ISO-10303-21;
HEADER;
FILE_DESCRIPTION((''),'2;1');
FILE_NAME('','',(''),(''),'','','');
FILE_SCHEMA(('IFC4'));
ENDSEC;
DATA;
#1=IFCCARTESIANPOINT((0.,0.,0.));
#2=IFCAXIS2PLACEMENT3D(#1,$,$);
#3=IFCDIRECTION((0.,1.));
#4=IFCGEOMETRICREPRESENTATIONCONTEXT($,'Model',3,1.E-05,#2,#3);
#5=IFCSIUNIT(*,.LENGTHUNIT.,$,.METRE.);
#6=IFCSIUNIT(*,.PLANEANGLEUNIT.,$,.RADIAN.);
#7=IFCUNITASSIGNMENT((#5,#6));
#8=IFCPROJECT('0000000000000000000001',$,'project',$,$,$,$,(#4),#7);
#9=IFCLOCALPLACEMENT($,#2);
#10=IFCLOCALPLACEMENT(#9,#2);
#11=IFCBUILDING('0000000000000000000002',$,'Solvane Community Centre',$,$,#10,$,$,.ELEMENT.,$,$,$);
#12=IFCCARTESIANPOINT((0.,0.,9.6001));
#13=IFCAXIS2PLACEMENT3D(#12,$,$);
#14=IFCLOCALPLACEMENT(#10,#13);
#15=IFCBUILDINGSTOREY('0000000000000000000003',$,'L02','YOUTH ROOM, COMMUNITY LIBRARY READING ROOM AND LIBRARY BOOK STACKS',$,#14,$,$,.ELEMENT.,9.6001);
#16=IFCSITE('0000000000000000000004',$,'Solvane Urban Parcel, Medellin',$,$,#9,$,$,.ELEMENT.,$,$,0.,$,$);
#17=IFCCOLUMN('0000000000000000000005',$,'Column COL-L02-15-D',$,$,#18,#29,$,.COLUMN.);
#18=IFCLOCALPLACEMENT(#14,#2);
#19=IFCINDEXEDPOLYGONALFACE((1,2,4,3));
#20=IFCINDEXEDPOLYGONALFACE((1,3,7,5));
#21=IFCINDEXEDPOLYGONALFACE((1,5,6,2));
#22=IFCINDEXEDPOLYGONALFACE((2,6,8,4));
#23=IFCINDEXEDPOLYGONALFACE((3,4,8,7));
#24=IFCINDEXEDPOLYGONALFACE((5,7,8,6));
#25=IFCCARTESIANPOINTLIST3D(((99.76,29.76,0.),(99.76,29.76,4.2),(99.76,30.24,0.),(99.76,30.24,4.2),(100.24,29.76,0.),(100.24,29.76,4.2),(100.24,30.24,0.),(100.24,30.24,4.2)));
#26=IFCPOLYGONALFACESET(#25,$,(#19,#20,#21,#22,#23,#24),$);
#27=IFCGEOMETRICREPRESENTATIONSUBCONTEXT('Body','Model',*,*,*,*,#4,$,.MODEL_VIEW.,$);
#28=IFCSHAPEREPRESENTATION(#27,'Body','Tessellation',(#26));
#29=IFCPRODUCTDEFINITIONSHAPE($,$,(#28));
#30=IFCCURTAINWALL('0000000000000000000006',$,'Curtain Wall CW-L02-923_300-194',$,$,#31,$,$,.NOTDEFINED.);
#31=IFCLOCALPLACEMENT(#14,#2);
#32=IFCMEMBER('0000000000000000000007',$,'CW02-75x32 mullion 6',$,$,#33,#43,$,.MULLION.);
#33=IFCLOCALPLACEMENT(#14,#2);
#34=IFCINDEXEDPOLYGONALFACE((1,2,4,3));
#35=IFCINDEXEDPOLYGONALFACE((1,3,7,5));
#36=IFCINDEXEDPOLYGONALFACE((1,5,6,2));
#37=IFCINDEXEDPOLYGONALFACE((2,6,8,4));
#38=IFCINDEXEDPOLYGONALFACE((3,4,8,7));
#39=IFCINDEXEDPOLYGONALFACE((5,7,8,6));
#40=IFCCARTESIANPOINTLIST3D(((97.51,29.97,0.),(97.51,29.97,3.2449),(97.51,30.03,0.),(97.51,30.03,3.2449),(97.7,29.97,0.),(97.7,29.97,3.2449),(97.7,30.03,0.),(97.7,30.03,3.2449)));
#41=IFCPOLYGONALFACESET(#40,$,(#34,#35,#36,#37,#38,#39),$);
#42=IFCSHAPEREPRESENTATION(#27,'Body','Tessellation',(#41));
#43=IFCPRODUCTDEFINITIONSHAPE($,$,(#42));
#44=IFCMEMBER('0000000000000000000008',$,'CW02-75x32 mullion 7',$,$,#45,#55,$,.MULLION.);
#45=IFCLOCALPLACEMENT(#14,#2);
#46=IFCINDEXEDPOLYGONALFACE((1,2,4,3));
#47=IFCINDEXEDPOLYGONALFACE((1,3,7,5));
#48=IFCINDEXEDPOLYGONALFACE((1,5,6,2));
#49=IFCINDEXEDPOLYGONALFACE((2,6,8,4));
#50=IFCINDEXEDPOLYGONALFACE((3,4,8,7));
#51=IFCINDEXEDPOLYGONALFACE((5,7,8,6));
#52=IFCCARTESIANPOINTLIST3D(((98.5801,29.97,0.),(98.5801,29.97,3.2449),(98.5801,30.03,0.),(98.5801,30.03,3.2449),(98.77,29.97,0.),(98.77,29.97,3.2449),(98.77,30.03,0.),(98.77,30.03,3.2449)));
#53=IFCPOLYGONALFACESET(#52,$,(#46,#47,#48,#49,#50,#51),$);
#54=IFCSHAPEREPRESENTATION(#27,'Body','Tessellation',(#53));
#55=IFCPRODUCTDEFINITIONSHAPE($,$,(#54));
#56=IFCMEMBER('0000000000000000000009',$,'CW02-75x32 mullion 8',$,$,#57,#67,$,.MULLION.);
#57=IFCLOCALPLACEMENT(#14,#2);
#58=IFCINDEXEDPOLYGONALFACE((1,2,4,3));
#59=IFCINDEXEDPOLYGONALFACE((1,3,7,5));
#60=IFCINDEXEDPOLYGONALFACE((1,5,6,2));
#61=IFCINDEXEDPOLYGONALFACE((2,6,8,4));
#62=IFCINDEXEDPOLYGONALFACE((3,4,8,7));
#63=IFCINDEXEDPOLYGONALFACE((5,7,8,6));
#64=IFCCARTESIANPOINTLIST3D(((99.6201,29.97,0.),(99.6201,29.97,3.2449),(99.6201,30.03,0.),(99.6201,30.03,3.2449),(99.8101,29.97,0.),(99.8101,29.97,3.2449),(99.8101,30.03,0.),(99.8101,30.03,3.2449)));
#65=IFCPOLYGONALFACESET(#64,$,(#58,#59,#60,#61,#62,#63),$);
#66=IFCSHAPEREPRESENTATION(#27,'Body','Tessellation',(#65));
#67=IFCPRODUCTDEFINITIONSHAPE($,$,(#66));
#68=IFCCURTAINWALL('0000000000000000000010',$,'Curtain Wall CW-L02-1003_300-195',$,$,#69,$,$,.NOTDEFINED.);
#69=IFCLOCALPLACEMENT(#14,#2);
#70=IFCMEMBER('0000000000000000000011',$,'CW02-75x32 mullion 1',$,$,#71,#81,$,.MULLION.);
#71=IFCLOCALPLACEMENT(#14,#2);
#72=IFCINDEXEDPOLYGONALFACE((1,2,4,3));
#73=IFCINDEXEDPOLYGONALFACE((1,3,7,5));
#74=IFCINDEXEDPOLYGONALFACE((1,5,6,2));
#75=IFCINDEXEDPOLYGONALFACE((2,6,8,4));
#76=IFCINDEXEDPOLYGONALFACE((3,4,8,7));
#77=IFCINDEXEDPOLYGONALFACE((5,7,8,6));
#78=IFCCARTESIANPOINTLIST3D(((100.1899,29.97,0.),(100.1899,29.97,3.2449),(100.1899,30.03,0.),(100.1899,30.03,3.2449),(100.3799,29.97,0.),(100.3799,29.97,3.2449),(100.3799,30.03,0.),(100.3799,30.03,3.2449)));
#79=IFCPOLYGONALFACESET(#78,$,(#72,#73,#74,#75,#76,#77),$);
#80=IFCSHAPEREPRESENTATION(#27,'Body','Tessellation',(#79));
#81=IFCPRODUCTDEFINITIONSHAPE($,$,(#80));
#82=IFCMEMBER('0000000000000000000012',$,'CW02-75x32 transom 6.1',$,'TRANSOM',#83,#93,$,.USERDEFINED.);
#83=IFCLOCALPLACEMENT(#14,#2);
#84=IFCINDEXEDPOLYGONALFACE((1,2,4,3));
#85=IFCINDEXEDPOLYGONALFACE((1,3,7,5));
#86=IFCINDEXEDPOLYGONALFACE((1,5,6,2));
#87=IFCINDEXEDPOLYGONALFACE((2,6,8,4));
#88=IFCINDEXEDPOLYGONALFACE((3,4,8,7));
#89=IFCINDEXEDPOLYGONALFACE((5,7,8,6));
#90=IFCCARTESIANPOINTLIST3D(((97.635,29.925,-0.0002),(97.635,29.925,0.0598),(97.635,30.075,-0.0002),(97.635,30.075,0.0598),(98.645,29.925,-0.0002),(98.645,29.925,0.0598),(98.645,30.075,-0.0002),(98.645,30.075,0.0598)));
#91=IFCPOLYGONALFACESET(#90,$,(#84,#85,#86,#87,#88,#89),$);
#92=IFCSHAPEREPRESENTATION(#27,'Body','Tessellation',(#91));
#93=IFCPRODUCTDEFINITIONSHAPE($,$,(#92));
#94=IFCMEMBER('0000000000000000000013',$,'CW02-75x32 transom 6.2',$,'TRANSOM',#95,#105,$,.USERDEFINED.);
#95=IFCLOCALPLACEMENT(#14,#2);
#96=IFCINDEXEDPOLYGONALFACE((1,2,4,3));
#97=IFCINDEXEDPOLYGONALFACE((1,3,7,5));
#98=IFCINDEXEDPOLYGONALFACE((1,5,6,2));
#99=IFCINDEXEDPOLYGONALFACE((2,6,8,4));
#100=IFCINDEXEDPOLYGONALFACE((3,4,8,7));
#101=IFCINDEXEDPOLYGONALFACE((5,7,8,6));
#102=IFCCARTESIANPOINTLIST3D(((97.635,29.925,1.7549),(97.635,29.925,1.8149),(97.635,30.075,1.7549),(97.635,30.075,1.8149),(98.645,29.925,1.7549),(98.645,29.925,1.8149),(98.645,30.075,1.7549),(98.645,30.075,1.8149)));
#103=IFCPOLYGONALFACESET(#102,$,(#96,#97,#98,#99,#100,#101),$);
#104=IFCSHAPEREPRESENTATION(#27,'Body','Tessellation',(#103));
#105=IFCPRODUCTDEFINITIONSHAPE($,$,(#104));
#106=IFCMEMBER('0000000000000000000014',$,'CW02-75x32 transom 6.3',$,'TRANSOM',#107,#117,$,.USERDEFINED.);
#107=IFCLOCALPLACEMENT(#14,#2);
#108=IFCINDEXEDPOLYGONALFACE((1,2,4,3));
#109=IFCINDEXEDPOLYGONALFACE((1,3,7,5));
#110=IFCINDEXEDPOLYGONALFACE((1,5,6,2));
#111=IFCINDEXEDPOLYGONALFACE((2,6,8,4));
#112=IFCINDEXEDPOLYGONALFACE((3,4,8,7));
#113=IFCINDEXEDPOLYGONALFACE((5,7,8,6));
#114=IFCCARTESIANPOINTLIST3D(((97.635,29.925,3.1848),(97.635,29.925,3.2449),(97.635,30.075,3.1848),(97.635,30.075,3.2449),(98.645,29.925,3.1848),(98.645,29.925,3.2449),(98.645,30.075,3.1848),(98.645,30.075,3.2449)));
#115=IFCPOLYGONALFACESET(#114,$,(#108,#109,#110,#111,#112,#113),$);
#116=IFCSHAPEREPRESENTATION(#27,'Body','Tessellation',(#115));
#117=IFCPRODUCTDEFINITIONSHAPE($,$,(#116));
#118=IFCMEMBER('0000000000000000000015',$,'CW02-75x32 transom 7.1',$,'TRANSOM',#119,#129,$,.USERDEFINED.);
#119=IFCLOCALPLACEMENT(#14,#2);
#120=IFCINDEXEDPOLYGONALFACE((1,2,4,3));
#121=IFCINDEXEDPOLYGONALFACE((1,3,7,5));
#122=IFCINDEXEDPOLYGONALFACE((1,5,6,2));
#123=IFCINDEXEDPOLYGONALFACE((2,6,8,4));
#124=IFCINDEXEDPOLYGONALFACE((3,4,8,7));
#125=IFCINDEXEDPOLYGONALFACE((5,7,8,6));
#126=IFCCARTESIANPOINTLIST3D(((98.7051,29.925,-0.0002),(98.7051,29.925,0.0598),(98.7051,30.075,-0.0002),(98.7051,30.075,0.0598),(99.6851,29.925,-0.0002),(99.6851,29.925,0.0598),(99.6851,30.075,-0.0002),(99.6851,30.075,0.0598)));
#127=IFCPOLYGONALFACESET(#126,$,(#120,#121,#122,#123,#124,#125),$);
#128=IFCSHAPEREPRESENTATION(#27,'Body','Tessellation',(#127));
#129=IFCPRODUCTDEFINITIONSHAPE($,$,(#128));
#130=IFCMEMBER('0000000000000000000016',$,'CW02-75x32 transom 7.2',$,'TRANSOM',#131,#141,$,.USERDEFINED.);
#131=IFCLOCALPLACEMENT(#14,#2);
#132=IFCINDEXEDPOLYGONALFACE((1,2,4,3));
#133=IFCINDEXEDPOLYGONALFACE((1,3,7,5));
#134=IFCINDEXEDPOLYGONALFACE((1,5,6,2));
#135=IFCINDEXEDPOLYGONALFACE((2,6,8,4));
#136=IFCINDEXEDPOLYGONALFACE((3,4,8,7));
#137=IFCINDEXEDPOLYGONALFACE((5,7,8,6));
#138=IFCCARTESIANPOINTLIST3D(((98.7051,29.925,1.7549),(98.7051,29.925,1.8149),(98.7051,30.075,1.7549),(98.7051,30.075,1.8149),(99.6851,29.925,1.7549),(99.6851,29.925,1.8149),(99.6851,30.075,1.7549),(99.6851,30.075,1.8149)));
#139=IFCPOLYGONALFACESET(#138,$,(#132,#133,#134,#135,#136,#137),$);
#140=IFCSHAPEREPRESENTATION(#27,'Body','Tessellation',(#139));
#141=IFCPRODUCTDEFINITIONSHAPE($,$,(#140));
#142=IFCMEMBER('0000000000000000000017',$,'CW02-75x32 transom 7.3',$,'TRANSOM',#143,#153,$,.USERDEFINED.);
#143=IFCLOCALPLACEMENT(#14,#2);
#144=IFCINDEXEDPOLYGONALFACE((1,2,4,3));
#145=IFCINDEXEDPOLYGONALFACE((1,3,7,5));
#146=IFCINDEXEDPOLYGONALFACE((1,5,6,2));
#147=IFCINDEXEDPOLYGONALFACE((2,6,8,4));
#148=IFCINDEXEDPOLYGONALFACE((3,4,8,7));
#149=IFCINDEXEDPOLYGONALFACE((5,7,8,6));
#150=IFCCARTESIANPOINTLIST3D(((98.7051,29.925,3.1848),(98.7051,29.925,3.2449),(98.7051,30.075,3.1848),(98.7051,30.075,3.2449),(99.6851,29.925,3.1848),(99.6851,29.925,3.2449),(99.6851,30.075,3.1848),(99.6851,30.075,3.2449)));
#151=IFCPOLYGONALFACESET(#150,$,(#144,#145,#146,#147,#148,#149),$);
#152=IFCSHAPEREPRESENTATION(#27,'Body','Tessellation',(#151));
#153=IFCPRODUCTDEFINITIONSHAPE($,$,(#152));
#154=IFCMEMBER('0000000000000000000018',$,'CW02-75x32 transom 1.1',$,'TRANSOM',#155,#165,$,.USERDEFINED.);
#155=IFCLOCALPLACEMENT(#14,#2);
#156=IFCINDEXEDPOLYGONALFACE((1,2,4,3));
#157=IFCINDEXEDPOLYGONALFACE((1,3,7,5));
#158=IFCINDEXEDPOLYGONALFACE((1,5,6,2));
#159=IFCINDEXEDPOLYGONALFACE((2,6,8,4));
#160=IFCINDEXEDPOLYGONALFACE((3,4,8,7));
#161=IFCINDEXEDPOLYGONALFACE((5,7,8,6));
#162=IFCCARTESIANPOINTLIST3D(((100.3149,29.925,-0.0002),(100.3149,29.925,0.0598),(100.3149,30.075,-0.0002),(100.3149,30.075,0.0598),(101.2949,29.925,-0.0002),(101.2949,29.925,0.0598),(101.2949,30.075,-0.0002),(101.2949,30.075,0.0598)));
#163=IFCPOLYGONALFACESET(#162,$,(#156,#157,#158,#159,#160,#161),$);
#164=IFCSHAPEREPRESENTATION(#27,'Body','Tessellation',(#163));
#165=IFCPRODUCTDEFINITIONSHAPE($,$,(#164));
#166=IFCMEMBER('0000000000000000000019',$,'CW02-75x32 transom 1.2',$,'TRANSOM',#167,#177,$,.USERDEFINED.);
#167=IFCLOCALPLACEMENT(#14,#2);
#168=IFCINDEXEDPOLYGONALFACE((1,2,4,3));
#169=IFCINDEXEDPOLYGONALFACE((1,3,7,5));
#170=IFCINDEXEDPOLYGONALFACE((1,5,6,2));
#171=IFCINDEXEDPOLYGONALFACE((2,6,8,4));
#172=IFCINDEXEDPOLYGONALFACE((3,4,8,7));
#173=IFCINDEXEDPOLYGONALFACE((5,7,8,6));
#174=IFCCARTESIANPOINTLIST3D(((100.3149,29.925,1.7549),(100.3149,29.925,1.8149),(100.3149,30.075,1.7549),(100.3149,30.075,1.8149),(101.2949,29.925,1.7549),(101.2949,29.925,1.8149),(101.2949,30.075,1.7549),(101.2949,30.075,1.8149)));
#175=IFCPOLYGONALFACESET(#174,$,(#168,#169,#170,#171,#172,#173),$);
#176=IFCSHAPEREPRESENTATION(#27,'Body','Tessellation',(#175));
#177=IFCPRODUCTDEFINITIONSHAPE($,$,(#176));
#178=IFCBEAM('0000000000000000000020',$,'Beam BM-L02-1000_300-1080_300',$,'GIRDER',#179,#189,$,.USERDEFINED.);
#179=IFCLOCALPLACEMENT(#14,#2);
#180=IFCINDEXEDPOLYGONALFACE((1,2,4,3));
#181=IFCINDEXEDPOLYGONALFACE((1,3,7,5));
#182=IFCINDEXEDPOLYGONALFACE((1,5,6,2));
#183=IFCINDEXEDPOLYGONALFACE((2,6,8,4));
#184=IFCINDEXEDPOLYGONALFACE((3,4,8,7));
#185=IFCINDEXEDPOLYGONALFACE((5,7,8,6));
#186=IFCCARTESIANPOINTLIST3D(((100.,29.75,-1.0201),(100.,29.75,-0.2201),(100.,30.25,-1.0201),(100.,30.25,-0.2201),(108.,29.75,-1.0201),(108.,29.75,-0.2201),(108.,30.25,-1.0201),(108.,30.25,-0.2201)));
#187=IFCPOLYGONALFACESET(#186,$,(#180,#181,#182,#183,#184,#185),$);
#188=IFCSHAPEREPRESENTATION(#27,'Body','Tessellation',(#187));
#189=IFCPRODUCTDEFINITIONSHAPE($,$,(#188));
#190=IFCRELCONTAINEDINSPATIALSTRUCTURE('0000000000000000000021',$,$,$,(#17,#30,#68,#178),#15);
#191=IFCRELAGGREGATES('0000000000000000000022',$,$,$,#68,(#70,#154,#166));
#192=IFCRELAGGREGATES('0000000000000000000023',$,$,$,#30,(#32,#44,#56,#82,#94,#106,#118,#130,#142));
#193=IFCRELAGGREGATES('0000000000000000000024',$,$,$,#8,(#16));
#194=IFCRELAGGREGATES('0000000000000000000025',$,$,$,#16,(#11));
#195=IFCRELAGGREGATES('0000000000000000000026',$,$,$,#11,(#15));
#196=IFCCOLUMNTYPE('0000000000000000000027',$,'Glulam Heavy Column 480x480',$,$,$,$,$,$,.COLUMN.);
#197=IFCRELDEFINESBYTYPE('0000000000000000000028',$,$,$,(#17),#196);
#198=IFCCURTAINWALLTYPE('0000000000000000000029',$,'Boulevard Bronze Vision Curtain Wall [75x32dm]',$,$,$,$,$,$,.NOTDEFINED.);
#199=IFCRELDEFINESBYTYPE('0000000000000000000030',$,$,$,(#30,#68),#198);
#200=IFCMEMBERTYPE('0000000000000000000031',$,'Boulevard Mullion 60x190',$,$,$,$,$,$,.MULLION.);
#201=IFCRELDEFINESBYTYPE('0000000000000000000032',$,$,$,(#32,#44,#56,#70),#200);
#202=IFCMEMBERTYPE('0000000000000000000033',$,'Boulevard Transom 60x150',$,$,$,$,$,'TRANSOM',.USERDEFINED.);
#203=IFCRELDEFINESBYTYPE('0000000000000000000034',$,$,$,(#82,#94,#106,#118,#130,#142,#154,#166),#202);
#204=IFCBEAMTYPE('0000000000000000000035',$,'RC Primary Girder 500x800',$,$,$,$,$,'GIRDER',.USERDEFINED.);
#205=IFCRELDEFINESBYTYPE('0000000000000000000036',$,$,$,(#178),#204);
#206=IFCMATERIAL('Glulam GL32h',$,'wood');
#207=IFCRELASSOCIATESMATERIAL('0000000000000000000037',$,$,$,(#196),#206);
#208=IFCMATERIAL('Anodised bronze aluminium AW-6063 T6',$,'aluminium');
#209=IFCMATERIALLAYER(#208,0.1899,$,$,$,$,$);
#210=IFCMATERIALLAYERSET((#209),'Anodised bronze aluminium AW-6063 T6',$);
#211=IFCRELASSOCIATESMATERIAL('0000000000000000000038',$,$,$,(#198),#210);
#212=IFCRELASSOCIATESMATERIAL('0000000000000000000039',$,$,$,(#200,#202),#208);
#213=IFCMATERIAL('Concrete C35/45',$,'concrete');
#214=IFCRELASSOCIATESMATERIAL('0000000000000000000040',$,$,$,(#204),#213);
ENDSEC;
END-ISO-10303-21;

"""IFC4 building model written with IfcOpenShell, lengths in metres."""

from ifc_helpers import new_model, si_unit, direction, frame, origin, origin_2d, place, context, subcontext, project, spatial, rectangle, extrude, material, layer, layer_set, material_profile, profile_set, type_object, element, aggregate, save


model = new_model("IFC4")

# Units and contexts
model_context = context("Model", 3, precision=1e-05, world=origin(), true_north=direction((0.0, 1.0)))
body_context = subcontext(model_context, "Body", "Model", "MODEL_VIEW")
ifc_project = project(units=[si_unit("LENGTHUNIT", "METRE"), si_unit("PLANEANGLEUNIT", "RADIAN")], contexts=[model_context])

# Site, building, storey
site_placement = place(None, origin())
site = spatial("IfcSite", under=ifc_project, at=site_placement, Name="Solvane Urban Parcel, Medellin", CompositionType="ELEMENT", RefElevation=0.0)
building_placement = place(site_placement, origin())
building = spatial("IfcBuilding", under=site, at=building_placement, Name="Solvane Community Centre", CompositionType="ELEMENT")
storey_placement = place(building_placement, frame((0.0, 0.0, 9.6001)))
storey = spatial("IfcBuildingStorey", under=building, at=storey_placement, Name="L02", Description="YOUTH ROOM, COMMUNITY LIBRARY READING ROOM AND LIBRARY BOOK STACKS", CompositionType="ELEMENT", Elevation=9.6001)

# Column
ifc_material_1 = material(Name="Glulam GL32h", Category="wood")
ifc_material_profile_1 = material_profile(ifc_material_1, rectangle(XDim=0.48, YDim=0.48, at=origin_2d()), Name="GL32h 480x480")
ifc_profile_set_1 = profile_set([ifc_material_profile_1], Name="Glulam GL32h")
column_type = type_object("IfcColumnType", Name="Glulam Heavy Column 480x480", PredefinedType="COLUMN", material=ifc_profile_set_1)
column_placement = place(storey_placement, frame((100.0, 30.0, 0.0), z_axis=(0.0, 0.0, 1.0), x_axis=(1.0, 0.0, 0.0)))
element("IfcColumn", 1, at=column_placement, inside=storey, type_object=column_type, Name="Column COL-L02-15-D", PredefinedType="COLUMN", context=body_context, shape_type="SweptSolid", body=[
    extrude(rectangle(XDim=0.48, YDim=0.48, at=origin_2d()), origin(), (0.0, 0.0, 1.0), 4.2),
])

# Curtain wall, members
ifc_material_2 = material(Name="Anodised bronze aluminium AW-6063 T6", Category="aluminium")
ifc_layer_1 = layer(ifc_material_2, 0.1899)
ifc_layer_set_1 = layer_set([ifc_layer_1], Name="Anodised bronze aluminium AW-6063 T6")
curtain_wall_type = type_object("IfcCurtainWallType", Name="Boulevard Bronze Vision Curtain Wall [75x32dm]", PredefinedType="NOTDEFINED", material=ifc_layer_set_1)
curtain_wall_1_placement = place(storey_placement, origin())
curtain_wall_1 = element("IfcCurtainWall", 2, at=curtain_wall_1_placement, inside=storey, type_object=curtain_wall_type, Name="Curtain Wall CW-L02-923_300-194", PredefinedType="NOTDEFINED")
ifc_material_profile_2 = material_profile(ifc_material_2, rectangle(XDim=0.0601, YDim=0.1899, at=origin_2d()), Name="CW-M 60x190")
ifc_profile_set_2 = profile_set([ifc_material_profile_2], Name="Anodised bronze aluminium AW-6063 T6")
member_type_1 = type_object("IfcMemberType", Name="Boulevard Mullion 60x190", PredefinedType="MULLION", material=ifc_profile_set_2)
member_1_placement = place(storey_placement, frame((97.605, 30.0, 0.0), z_axis=(0.0, 0.0, 1.0), x_axis=(0.0, 1.0, 0.0)))
member_1 = element("IfcMember", 3, at=member_1_placement, type_object=member_type_1, Name="CW02-75x32 mullion 6", PredefinedType="MULLION", context=body_context, shape_type="SweptSolid", body=[
    extrude(rectangle(XDim=0.0601, YDim=0.1899, at=origin_2d()), origin(), (0.0, 0.0, 1.0), 3.2449),
])
member_2_placement = place(storey_placement, frame((98.675, 30.0, 0.0), z_axis=(0.0, 0.0, 1.0), x_axis=(0.0, 1.0, 0.0)))
member_2 = element("IfcMember", 4, at=member_2_placement, type_object=member_type_1, Name="CW02-75x32 mullion 7", PredefinedType="MULLION", context=body_context, shape_type="SweptSolid", body=[
    extrude(rectangle(XDim=0.0601, YDim=0.1899, at=origin_2d()), origin(), (0.0, 0.0, 1.0), 3.2449),
])
member_3_placement = place(storey_placement, frame((99.7151, 30.0, 0.0), z_axis=(0.0, 0.0, 1.0), x_axis=(0.0, 1.0, 0.0)))
member_3 = element("IfcMember", 5, at=member_3_placement, type_object=member_type_1, Name="CW02-75x32 mullion 8", PredefinedType="MULLION", context=body_context, shape_type="SweptSolid", body=[
    extrude(rectangle(XDim=0.0601, YDim=0.1899, at=origin_2d()), origin(), (0.0, 0.0, 1.0), 3.2449),
])

# Curtain wall, member
curtain_wall_2_placement = place(storey_placement, origin())
curtain_wall_2 = element("IfcCurtainWall", 6, at=curtain_wall_2_placement, inside=storey, type_object=curtain_wall_type, Name="Curtain Wall CW-L02-1003_300-195", PredefinedType="NOTDEFINED")
member_4_placement = place(storey_placement, frame((100.2849, 30.0, 0.0), z_axis=(0.0, 0.0, 1.0), x_axis=(0.0, 1.0, 0.0)))
member_4 = element("IfcMember", 7, at=member_4_placement, type_object=member_type_1, Name="CW02-75x32 mullion 1", PredefinedType="MULLION", context=body_context, shape_type="SweptSolid", body=[
    extrude(rectangle(XDim=0.0601, YDim=0.1899, at=origin_2d()), origin(), (0.0, 0.0, 1.0), 3.2449),
])

# Members
ifc_material_profile_3 = material_profile(ifc_material_2, rectangle(XDim=0.1499, YDim=0.0601, at=origin_2d()), Name="CW-T 60x150")
ifc_profile_set_3 = profile_set([ifc_material_profile_3], Name="Anodised bronze aluminium AW-6063 T6")
member_type_2 = type_object("IfcMemberType", Name="Boulevard Transom 60x150", ElementType="TRANSOM", PredefinedType="USERDEFINED", material=ifc_profile_set_3)
member_5_placement = place(storey_placement, frame((97.635, 30.0, 0.0298), z_axis=(1.0, 0.0, 0.0), x_axis=(0.0, 1.0, 0.0)))
member_5 = element("IfcMember", 8, at=member_5_placement, type_object=member_type_2, Name="CW02-75x32 transom 6.1", ObjectType="TRANSOM", PredefinedType="USERDEFINED", context=body_context, shape_type="SweptSolid", body=[
    extrude(rectangle(XDim=0.1499, YDim=0.0601, at=origin_2d()), origin(), (0.0, 0.0, 1.0), 1.01),
])
member_6_placement = place(storey_placement, frame((97.635, 30.0, 1.7849), z_axis=(1.0, 0.0, 0.0), x_axis=(0.0, 1.0, 0.0)))
member_6 = element("IfcMember", 9, at=member_6_placement, type_object=member_type_2, Name="CW02-75x32 transom 6.2", ObjectType="TRANSOM", PredefinedType="USERDEFINED", context=body_context, shape_type="SweptSolid", body=[
    extrude(rectangle(XDim=0.1499, YDim=0.0601, at=origin_2d()), origin(), (0.0, 0.0, 1.0), 1.01),
])
member_7_placement = place(storey_placement, frame((97.635, 30.0, 3.2148), z_axis=(1.0, 0.0, 0.0), x_axis=(0.0, 1.0, 0.0)))
member_7 = element("IfcMember", 10, at=member_7_placement, type_object=member_type_2, Name="CW02-75x32 transom 6.3", ObjectType="TRANSOM", PredefinedType="USERDEFINED", context=body_context, shape_type="SweptSolid", body=[
    extrude(rectangle(XDim=0.1499, YDim=0.0601, at=origin_2d()), origin(), (0.0, 0.0, 1.0), 1.01),
])
member_8_placement = place(storey_placement, frame((98.7051, 30.0, 0.0298), z_axis=(1.0, 0.0, 0.0), x_axis=(0.0, 1.0, 0.0)))
member_8 = element("IfcMember", 11, at=member_8_placement, type_object=member_type_2, Name="CW02-75x32 transom 7.1", ObjectType="TRANSOM", PredefinedType="USERDEFINED", context=body_context, shape_type="SweptSolid", body=[
    extrude(rectangle(XDim=0.1499, YDim=0.0601, at=origin_2d()), origin(), (0.0, 0.0, 1.0), 0.98),
])
member_9_placement = place(storey_placement, frame((98.7051, 30.0, 1.7849), z_axis=(1.0, 0.0, 0.0), x_axis=(0.0, 1.0, 0.0)))
member_9 = element("IfcMember", 12, at=member_9_placement, type_object=member_type_2, Name="CW02-75x32 transom 7.2", ObjectType="TRANSOM", PredefinedType="USERDEFINED", context=body_context, shape_type="SweptSolid", body=[
    extrude(rectangle(XDim=0.1499, YDim=0.0601, at=origin_2d()), origin(), (0.0, 0.0, 1.0), 0.98),
])
member_10_placement = place(storey_placement, frame((98.7051, 30.0, 3.2148), z_axis=(1.0, 0.0, 0.0), x_axis=(0.0, 1.0, 0.0)))
member_10 = element("IfcMember", 13, at=member_10_placement, type_object=member_type_2, Name="CW02-75x32 transom 7.3", ObjectType="TRANSOM", PredefinedType="USERDEFINED", context=body_context, shape_type="SweptSolid", body=[
    extrude(rectangle(XDim=0.1499, YDim=0.0601, at=origin_2d()), origin(), (0.0, 0.0, 1.0), 0.98),
])
member_11_placement = place(storey_placement, frame((100.3149, 30.0, 0.0298), z_axis=(1.0, 0.0, 0.0), x_axis=(0.0, 1.0, 0.0)))
member_11 = element("IfcMember", 14, at=member_11_placement, type_object=member_type_2, Name="CW02-75x32 transom 1.1", ObjectType="TRANSOM", PredefinedType="USERDEFINED", context=body_context, shape_type="SweptSolid", body=[
    extrude(rectangle(XDim=0.1499, YDim=0.0601, at=origin_2d()), origin(), (0.0, 0.0, 1.0), 0.98),
])
member_12_placement = place(storey_placement, frame((100.3149, 30.0, 1.7849), z_axis=(1.0, 0.0, 0.0), x_axis=(0.0, 1.0, 0.0)))
member_12 = element("IfcMember", 15, at=member_12_placement, type_object=member_type_2, Name="CW02-75x32 transom 1.2", ObjectType="TRANSOM", PredefinedType="USERDEFINED", context=body_context, shape_type="SweptSolid", body=[
    extrude(rectangle(XDim=0.1499, YDim=0.0601, at=origin_2d()), origin(), (0.0, 0.0, 1.0), 0.98),
])
aggregate(curtain_wall_2, [member_4, member_11, member_12])

# Beam
ifc_material_3 = material(Name="Concrete C35/45", Category="concrete")
ifc_material_profile_4 = material_profile(ifc_material_3, rectangle(XDim=0.5, YDim=0.8, at=origin_2d()), Name="RC 500x800")
ifc_profile_set_4 = profile_set([ifc_material_profile_4], Name="Concrete C35/45")
beam_type = type_object("IfcBeamType", Name="RC Primary Girder 500x800", ElementType="GIRDER", PredefinedType="USERDEFINED", material=ifc_profile_set_4)
beam_placement = place(storey_placement, frame((100.0, 30.0, -0.6201), z_axis=(1.0, 0.0, 0.0), x_axis=(0.0, 1.0, 0.0)))
element("IfcBeam", 16, at=beam_placement, inside=storey, type_object=beam_type, Name="Beam BM-L02-1000_300-1080_300", ObjectType="GIRDER", PredefinedType="USERDEFINED", context=body_context, shape_type="SweptSolid", body=[
    extrude(rectangle(XDim=0.5, YDim=0.8, at=origin_2d()), origin(), (0.0, 0.0, 1.0), 8.0),
])

aggregate(curtain_wall_1, [member_1, member_2, member_3, member_5, member_6, member_7, member_8, member_9, member_10])

save(model, "model.ifc")
